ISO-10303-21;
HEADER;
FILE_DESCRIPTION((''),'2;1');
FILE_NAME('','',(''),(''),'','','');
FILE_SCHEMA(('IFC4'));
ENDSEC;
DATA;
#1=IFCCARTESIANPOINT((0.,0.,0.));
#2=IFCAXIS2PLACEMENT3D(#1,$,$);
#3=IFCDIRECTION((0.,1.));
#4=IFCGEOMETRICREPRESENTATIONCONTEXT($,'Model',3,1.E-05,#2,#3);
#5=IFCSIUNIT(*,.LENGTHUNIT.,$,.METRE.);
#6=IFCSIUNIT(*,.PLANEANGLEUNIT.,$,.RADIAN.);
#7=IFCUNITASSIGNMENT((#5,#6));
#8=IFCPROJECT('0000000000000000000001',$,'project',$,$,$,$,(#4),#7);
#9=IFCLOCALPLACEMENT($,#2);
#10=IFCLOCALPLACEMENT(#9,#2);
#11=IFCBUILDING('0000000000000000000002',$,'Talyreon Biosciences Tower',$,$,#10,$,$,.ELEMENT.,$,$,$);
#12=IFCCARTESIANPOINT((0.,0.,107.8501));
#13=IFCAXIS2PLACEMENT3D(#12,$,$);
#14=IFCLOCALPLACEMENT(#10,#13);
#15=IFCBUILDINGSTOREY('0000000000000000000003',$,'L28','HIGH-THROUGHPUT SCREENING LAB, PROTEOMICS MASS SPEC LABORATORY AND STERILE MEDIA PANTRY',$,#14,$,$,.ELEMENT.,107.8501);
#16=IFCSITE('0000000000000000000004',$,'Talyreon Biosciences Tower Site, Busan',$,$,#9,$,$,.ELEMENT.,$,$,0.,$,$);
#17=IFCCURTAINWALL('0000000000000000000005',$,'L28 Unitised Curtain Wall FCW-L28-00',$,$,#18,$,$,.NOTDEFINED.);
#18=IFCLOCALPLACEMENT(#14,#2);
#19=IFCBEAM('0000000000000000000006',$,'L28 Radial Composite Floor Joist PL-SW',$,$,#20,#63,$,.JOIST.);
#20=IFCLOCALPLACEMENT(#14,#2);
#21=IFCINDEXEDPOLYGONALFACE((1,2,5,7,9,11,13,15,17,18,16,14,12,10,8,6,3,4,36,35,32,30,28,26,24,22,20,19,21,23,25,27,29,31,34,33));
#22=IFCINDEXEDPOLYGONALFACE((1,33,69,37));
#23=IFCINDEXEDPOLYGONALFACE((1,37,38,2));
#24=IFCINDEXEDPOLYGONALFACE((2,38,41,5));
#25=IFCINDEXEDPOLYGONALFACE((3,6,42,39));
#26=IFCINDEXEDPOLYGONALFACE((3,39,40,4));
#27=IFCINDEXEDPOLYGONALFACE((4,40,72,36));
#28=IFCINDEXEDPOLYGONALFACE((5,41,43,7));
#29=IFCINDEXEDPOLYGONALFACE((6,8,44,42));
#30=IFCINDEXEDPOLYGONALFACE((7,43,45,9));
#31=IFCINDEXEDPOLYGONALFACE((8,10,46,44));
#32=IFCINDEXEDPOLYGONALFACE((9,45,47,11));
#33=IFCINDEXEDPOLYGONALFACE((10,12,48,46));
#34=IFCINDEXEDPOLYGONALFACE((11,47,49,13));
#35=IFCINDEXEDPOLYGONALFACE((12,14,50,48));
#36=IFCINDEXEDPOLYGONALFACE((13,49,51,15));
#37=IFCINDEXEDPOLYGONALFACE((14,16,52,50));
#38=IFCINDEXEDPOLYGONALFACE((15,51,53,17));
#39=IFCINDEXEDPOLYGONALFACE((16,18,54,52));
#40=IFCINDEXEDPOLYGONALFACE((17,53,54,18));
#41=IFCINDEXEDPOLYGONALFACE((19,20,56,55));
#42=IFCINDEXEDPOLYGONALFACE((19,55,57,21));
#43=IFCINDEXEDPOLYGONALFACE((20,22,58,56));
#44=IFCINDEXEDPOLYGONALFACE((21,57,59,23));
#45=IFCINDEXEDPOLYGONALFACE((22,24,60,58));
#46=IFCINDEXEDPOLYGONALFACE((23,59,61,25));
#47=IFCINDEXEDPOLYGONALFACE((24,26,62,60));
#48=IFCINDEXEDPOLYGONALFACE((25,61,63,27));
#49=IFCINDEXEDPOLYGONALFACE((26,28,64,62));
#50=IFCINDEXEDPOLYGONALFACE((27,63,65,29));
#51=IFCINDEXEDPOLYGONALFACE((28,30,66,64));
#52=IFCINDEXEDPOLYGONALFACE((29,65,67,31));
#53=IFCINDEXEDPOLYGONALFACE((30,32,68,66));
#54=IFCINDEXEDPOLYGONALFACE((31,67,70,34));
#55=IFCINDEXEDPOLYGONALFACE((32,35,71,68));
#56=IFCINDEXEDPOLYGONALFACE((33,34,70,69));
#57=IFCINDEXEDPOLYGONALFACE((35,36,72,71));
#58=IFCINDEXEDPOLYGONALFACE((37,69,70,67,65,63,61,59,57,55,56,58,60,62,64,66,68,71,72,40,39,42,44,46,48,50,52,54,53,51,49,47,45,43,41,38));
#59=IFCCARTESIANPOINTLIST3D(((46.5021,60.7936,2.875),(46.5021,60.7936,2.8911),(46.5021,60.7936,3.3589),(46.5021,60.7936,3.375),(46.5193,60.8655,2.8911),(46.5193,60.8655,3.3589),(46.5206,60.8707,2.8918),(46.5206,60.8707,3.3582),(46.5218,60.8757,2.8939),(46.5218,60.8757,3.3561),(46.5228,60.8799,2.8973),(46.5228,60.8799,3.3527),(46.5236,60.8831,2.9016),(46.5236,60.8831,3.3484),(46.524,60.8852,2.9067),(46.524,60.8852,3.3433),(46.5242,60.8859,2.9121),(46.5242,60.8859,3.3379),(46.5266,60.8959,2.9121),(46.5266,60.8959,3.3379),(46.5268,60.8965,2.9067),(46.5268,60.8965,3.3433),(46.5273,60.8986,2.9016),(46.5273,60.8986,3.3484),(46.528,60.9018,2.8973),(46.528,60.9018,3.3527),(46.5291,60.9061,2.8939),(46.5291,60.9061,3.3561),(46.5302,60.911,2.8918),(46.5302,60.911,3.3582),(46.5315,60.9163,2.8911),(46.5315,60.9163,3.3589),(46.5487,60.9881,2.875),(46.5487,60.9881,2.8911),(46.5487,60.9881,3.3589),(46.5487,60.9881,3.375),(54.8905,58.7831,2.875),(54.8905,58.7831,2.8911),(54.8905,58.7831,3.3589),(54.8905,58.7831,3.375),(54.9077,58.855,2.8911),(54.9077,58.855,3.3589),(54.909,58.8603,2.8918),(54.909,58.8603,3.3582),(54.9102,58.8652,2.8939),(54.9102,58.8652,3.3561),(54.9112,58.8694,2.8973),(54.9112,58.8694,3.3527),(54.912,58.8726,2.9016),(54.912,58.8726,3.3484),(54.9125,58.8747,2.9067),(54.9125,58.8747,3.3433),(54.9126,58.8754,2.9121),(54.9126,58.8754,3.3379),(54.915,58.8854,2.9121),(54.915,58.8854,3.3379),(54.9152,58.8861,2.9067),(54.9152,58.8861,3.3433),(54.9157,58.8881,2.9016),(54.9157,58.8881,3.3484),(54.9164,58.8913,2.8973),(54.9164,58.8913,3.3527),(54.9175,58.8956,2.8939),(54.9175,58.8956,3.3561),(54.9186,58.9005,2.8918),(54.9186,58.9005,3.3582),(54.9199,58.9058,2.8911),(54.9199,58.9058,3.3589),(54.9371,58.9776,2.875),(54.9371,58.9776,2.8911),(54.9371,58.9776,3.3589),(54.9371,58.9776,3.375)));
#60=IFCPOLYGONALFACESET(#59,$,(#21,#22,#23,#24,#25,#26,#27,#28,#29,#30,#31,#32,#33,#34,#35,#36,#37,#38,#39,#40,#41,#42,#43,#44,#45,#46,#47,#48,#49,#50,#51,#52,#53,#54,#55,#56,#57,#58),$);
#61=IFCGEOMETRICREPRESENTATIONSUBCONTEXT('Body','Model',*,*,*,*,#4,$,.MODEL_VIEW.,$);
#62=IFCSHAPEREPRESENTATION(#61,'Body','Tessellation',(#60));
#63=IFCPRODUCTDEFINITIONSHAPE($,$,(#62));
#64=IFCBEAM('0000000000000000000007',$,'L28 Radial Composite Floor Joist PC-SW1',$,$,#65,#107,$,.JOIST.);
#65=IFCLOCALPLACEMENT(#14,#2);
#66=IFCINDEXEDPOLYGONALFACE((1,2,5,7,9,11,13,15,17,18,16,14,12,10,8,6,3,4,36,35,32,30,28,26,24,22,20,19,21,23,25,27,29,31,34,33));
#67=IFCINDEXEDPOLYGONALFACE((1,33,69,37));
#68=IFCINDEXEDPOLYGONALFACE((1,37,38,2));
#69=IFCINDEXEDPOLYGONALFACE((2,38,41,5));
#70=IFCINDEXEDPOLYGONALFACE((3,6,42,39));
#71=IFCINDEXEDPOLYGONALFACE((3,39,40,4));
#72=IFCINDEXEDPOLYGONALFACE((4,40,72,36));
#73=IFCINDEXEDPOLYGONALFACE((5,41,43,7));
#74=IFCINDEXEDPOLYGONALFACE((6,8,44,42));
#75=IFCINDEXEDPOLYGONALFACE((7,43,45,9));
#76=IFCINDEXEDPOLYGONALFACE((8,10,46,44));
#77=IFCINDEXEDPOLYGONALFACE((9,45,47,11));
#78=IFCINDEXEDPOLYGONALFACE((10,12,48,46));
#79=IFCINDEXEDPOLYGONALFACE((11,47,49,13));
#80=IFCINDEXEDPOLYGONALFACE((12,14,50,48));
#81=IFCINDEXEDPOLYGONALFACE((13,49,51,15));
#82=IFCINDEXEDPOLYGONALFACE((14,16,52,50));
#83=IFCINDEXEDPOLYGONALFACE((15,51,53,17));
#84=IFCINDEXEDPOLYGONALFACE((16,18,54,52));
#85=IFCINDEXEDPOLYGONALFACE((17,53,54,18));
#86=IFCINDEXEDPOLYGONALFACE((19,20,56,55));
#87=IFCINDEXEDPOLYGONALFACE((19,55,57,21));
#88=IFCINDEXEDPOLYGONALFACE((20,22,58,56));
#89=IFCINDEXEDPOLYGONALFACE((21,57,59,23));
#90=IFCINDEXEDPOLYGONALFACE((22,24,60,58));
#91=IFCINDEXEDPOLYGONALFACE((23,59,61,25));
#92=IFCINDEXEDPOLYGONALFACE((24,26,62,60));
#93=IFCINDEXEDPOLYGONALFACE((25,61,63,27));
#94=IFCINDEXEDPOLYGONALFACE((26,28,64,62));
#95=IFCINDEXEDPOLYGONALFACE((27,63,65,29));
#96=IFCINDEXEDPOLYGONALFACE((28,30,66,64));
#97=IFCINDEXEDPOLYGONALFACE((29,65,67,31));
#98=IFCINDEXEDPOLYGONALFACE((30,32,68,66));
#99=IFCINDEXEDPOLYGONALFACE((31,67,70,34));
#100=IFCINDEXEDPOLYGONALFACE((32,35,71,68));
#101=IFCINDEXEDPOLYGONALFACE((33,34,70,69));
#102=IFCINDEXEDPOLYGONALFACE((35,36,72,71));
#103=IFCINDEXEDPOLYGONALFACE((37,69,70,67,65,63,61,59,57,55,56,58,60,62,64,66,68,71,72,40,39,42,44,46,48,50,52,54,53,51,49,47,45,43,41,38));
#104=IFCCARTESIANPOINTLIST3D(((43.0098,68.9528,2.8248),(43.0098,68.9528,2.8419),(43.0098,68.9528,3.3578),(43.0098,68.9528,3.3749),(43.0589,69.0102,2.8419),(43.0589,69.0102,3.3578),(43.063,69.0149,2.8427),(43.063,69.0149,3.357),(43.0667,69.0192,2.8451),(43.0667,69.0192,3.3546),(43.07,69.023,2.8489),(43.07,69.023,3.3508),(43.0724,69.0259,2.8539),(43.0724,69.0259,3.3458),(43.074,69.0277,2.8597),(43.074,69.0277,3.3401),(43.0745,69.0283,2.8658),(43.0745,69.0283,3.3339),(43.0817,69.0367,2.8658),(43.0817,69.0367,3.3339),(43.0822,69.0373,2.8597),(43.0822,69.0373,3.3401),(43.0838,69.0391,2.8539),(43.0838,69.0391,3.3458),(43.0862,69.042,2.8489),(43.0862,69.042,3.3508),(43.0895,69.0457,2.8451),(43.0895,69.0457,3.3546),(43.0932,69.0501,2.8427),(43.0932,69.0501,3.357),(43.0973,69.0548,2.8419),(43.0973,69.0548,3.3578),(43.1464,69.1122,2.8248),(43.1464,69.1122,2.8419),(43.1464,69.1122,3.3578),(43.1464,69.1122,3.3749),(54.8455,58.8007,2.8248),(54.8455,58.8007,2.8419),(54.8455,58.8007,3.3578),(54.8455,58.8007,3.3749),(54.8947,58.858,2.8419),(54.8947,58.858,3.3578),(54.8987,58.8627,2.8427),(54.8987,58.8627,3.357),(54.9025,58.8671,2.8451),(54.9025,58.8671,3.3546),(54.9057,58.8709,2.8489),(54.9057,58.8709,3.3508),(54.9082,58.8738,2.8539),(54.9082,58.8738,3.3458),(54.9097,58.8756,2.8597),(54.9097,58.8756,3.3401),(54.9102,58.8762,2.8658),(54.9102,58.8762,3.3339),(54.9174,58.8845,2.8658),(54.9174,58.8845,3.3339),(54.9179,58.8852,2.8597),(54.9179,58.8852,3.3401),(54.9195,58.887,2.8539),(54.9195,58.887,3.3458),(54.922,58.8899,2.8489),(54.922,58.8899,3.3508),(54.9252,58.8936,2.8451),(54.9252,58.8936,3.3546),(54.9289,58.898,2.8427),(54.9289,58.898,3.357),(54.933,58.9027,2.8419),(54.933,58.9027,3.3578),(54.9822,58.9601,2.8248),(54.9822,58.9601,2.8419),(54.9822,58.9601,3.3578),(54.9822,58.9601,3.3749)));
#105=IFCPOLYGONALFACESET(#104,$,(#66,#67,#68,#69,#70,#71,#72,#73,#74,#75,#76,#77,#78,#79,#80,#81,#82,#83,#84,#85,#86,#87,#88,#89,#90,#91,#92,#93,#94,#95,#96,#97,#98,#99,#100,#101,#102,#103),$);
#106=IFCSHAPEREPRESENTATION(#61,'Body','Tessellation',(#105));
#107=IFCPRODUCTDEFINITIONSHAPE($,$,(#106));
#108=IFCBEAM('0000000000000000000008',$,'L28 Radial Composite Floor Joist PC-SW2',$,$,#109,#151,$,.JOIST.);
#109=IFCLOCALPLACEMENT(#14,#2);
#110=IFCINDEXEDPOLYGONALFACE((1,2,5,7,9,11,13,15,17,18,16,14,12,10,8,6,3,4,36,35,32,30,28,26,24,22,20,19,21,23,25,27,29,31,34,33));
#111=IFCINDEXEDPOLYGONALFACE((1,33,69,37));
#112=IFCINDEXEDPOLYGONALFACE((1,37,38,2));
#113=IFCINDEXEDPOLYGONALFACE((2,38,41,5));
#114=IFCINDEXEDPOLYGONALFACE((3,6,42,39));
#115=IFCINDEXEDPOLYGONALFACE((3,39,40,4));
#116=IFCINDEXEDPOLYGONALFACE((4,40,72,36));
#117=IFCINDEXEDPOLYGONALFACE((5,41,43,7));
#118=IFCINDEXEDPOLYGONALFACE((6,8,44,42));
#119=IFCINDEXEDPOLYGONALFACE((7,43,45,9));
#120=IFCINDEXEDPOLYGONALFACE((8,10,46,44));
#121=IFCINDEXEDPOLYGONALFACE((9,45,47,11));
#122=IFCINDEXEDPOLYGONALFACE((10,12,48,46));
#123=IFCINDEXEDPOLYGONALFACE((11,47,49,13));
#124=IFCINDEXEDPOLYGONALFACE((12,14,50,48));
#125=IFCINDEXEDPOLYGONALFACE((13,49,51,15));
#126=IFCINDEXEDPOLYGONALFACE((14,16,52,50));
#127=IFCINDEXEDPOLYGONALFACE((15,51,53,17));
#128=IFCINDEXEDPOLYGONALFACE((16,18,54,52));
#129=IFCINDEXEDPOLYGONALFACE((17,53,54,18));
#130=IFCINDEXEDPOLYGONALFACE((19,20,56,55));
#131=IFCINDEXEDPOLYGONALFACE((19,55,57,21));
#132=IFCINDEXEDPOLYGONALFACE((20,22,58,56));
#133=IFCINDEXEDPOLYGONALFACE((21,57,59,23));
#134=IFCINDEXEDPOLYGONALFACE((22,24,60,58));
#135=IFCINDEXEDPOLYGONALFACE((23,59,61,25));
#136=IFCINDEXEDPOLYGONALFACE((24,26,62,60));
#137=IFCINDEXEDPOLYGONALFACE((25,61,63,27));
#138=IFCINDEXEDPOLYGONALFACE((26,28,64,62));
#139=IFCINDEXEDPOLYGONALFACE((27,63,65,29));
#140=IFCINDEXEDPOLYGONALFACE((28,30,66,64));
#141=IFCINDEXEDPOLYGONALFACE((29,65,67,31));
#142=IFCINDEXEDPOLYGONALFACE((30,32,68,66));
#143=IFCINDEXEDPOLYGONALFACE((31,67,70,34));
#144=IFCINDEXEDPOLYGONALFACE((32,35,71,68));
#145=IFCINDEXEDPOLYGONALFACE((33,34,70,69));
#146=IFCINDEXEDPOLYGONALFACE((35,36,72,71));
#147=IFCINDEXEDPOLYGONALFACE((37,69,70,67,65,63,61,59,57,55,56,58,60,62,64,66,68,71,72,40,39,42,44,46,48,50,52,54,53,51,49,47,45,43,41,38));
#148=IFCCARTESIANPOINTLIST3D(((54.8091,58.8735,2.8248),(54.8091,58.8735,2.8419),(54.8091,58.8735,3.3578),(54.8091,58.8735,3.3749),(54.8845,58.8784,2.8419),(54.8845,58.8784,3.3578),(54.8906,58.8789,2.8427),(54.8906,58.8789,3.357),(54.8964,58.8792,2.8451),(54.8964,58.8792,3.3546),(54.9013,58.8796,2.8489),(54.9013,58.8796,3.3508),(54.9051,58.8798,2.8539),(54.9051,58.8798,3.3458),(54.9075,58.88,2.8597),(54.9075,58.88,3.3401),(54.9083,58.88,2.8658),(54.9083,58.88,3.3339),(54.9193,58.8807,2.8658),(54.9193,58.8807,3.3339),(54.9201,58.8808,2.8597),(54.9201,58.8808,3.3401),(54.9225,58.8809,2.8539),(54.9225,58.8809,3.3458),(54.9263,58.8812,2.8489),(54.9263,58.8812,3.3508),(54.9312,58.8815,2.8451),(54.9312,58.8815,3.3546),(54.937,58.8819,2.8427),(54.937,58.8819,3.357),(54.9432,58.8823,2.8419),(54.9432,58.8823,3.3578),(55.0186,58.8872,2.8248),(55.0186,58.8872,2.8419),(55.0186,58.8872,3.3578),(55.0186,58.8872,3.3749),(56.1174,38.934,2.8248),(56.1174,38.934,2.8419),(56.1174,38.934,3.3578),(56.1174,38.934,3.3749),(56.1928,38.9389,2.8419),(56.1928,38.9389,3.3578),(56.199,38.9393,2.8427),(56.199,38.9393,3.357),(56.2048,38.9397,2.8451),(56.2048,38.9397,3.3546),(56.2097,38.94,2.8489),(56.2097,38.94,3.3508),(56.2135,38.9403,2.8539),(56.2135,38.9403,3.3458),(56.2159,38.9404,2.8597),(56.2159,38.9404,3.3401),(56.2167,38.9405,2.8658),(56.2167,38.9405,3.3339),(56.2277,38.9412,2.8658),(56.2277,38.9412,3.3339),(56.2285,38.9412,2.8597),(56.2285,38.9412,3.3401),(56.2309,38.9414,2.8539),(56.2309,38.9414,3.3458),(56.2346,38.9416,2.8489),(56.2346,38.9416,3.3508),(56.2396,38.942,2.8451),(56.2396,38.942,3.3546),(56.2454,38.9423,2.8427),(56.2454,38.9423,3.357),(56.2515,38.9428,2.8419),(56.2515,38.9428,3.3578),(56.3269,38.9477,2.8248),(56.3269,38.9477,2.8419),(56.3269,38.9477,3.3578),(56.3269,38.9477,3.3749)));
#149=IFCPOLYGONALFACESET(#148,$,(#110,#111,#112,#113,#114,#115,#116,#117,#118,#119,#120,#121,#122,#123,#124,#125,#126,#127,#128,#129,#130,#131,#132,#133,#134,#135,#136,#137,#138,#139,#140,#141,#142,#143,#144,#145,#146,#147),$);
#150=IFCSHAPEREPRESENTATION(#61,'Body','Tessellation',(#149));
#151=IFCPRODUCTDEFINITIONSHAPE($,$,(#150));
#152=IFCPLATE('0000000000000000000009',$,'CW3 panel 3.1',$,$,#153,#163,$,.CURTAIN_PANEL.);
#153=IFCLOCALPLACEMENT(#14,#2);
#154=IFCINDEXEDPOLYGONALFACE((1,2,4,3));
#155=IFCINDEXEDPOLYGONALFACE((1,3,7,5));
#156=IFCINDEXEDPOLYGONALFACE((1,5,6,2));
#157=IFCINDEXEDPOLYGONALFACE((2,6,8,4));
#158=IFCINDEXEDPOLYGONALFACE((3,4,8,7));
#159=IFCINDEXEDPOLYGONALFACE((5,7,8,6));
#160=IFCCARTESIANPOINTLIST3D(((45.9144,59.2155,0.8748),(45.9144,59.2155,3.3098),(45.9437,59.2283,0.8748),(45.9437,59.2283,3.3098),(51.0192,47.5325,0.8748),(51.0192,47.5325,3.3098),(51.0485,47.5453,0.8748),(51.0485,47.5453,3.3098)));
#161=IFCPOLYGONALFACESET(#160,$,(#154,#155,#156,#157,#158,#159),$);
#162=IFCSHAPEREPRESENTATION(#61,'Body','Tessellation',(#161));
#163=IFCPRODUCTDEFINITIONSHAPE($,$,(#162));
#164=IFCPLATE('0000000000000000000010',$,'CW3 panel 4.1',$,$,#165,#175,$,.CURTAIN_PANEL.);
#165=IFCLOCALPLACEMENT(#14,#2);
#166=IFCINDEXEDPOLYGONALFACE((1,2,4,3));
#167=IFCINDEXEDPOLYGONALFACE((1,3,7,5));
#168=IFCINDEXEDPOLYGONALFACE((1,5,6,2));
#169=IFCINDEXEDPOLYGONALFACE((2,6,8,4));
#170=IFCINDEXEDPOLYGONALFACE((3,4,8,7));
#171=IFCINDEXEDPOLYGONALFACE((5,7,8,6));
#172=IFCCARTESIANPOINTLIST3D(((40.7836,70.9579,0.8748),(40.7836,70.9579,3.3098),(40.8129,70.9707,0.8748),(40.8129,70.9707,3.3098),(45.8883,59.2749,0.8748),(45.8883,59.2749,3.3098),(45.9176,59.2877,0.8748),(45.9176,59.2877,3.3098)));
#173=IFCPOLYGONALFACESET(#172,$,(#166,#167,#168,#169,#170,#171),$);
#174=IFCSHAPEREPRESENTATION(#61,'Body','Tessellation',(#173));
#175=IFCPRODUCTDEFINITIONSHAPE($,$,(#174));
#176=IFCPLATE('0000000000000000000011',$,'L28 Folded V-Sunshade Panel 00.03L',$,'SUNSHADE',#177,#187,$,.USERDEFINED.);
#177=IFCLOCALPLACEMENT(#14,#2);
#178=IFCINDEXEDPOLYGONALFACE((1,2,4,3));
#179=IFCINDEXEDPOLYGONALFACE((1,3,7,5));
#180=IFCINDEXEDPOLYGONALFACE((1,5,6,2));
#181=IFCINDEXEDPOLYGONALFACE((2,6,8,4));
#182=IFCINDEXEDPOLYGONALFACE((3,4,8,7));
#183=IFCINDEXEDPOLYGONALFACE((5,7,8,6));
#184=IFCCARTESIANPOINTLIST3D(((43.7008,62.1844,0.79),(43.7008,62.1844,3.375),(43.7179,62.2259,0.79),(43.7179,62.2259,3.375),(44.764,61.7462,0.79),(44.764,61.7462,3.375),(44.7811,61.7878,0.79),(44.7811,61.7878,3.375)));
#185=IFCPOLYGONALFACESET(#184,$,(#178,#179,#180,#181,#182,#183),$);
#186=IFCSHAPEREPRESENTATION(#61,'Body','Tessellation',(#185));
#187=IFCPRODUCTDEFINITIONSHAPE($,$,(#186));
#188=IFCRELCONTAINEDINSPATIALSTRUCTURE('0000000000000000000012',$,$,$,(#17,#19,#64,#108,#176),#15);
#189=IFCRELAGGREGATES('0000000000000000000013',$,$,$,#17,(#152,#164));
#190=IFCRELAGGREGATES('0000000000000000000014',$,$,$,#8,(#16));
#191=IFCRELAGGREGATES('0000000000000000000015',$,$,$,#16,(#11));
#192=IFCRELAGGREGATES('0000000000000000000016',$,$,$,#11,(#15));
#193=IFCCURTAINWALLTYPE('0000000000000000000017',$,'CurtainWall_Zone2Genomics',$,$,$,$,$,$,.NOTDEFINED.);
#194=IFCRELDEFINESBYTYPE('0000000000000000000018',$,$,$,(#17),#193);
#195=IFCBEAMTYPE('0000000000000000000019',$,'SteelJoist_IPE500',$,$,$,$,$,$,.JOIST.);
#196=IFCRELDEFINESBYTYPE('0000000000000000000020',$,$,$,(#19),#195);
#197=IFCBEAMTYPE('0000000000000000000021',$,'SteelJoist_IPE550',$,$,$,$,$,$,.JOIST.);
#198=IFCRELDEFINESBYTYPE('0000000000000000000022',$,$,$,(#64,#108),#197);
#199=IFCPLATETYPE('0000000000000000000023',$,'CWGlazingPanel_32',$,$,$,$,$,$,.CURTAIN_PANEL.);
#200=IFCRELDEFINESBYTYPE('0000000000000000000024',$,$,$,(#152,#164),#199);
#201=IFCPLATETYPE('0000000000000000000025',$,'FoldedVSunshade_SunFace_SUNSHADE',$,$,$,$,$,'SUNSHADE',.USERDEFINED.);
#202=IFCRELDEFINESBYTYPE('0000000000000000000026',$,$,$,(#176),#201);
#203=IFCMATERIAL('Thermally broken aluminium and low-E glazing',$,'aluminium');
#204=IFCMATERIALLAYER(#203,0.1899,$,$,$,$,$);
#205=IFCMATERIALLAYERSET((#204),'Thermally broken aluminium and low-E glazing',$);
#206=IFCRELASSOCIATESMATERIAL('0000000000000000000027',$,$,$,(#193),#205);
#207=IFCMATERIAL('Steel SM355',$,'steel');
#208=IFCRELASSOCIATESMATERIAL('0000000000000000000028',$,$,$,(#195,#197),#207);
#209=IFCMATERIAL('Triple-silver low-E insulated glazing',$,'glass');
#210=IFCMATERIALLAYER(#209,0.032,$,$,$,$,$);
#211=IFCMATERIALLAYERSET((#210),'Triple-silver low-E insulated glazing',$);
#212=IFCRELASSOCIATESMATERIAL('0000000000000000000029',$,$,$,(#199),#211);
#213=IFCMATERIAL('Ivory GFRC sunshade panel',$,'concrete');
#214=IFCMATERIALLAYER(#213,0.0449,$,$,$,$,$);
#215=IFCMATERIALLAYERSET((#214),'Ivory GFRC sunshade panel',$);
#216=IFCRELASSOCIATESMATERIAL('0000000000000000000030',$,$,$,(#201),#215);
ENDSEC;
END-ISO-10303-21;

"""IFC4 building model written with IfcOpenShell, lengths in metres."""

from ifc_helpers import new_model, si_unit, direction, frame, origin, origin_2d, place, context, subcontext, project, spatial, rectangle, i_section, extrude, material, layer, layer_set, material_profile, profile_set, type_object, element, aggregate, save


model = new_model("IFC4")

# Units and contexts
model_context = context("Model", 3, precision=1e-05, world=origin(), true_north=direction((0.0, 1.0)))
body_context = subcontext(model_context, "Body", "Model", "MODEL_VIEW")
ifc_project = project(units=[si_unit("LENGTHUNIT", "METRE"), si_unit("PLANEANGLEUNIT", "RADIAN")], contexts=[model_context])

# Site, building, storey
site_placement = place(None, origin())
site = spatial("IfcSite", under=ifc_project, at=site_placement, Name="Talyreon Biosciences Tower Site, Busan", CompositionType="ELEMENT", RefElevation=0.0)
building_placement = place(site_placement, origin())
building = spatial("IfcBuilding", under=site, at=building_placement, Name="Talyreon Biosciences Tower", CompositionType="ELEMENT")
storey_placement = place(building_placement, frame((0.0, 0.0, 107.8501)))
storey = spatial("IfcBuildingStorey", under=building, at=storey_placement, Name="L28", Description="HIGH-THROUGHPUT SCREENING LAB, PROTEOMICS MASS SPEC LABORATORY AND STERILE MEDIA PANTRY", CompositionType="ELEMENT", Elevation=107.8501)

# Curtain wall
ifc_material_1 = material(Name="Thermally broken aluminium and low-E glazing", Category="aluminium")
ifc_layer_1 = layer(ifc_material_1, 0.1899)
ifc_layer_set_1 = layer_set([ifc_layer_1], Name="Thermally broken aluminium and low-E glazing")
curtain_wall_type = type_object("IfcCurtainWallType", Name="CurtainWall_Zone2Genomics", PredefinedType="NOTDEFINED", material=ifc_layer_set_1)
curtain_wall_placement = place(storey_placement, origin())
curtain_wall = element("IfcCurtainWall", 1, at=curtain_wall_placement, inside=storey, type_object=curtain_wall_type, Name="L28 Unitised Curtain Wall FCW-L28-00", PredefinedType="NOTDEFINED")

# Beams
ifc_material_2 = material(Name="Steel SM355", Category="steel")
ifc_material_profile_1 = material_profile(ifc_material_2, i_section(OverallWidth=0.2, OverallDepth=0.5, WebThickness=0.0103, FlangeThickness=0.0161, FilletRadius=0.021, at=origin_2d()), Name="IPE500")
ifc_profile_set_1 = profile_set([ifc_material_profile_1], Name="Steel SM355")
beam_type_1 = type_object("IfcBeamType", Name="SteelJoist_IPE500", PredefinedType="JOIST", material=ifc_profile_set_1)
beam_1_placement = place(storey_placement, frame((54.9138, 58.8804, 3.125), z_axis=(-0.972459, 0.233074, 0.0), x_axis=(-0.233074, -0.972459, 0.0)))
element("IfcBeam", 2, at=beam_1_placement, inside=storey, type_object=beam_type_1, Name="L28 Radial Composite Floor Joist PL-SW", PredefinedType="JOIST", context=body_context, shape_type="SweptSolid", body=[
    extrude(i_section(OverallWidth=0.2, OverallDepth=0.5, WebThickness=0.0103, FlangeThickness=0.0161, FilletRadius=0.021, at=origin_2d()), origin(), (0.0, 0.0, 1.0), 8.626),
])
ifc_material_profile_2 = material_profile(ifc_material_2, i_section(OverallWidth=0.21, OverallDepth=0.55, WebThickness=0.011, FlangeThickness=0.0171, FilletRadius=0.0239, at=origin_2d()), Name="IPE550")
ifc_profile_set_2 = profile_set([ifc_material_profile_2], Name="Steel SM355")
beam_type_2 = type_object("IfcBeamType", Name="SteelJoist_IPE550", PredefinedType="JOIST", material=ifc_profile_set_2)
beam_2_placement = place(storey_placement, frame((54.9138, 58.8804, 3.0999), z_axis=(-0.759028, 0.651058, 0.0), x_axis=(-0.651058, -0.759028, 0.0)))
element("IfcBeam", 3, at=beam_2_placement, inside=storey, type_object=beam_type_2, Name="L28 Radial Composite Floor Joist PC-SW1", PredefinedType="JOIST", context=body_context, shape_type="SweptSolid", body=[
    extrude(i_section(OverallWidth=0.21, OverallDepth=0.55, WebThickness=0.011, FlangeThickness=0.0171, FilletRadius=0.0239, at=origin_2d()), origin(), (0.0, 0.0, 1.0), 15.5933),
])
beam_3_placement = place(storey_placement, frame((54.9138, 58.8804, 3.0999), z_axis=(0.065475, -0.997854, 0.0), x_axis=(0.997854, 0.065475, 0.0)))
element("IfcBeam", 4, at=beam_3_placement, inside=storey, type_object=beam_type_2, Name="L28 Radial Composite Floor Joist PC-SW2", PredefinedType="JOIST", context=body_context, shape_type="SweptSolid", body=[
    extrude(i_section(OverallWidth=0.21, OverallDepth=0.55, WebThickness=0.011, FlangeThickness=0.0171, FilletRadius=0.0239, at=origin_2d()), origin(), (0.0, 0.0, 1.0), 19.9824),
])

# Plates
ifc_material_3 = material(Name="Triple-silver low-E insulated glazing", Category="glass")
ifc_layer_2 = layer(ifc_material_3, 0.032)
ifc_layer_set_2 = layer_set([ifc_layer_2], Name="Triple-silver low-E insulated glazing")
plate_type_1 = type_object("IfcPlateType", Name="CWGlazingPanel_32", PredefinedType="CURTAIN_PANEL", material=ifc_layer_set_2)
plate_1_placement = place(storey_placement, frame((48.4814, 53.3804, 0.8748), z_axis=(0.0, 0.0, 1.0), x_axis=(-0.400387, 0.916346, 0.0)))
plate_1 = element("IfcPlate", 5, at=plate_1_placement, type_object=plate_type_1, Name="CW3 panel 3.1", PredefinedType="CURTAIN_PANEL", context=body_context, shape_type="SweptSolid", body=[
    extrude(rectangle(XDim=12.7495, YDim=0.032, at=origin_2d()), origin(), (0.0, 0.0, 1.0), 2.4351),
])
plate_2_placement = place(storey_placement, frame((43.3506, 65.1228, 0.8748), z_axis=(0.0, 0.0, 1.0), x_axis=(-0.400387, 0.916346, 0.0)))
plate_2 = element("IfcPlate", 6, at=plate_2_placement, type_object=plate_type_1, Name="CW3 panel 4.1", PredefinedType="CURTAIN_PANEL", context=body_context, shape_type="SweptSolid", body=[
    extrude(rectangle(XDim=12.7495, YDim=0.032, at=origin_2d()), origin(), (0.0, 0.0, 1.0), 2.4351),
])
aggregate(curtain_wall, [plate_1, plate_2])

# Plate
ifc_material_4 = material(Name="Ivory GFRC sunshade panel", Category="concrete")
ifc_layer_3 = layer(ifc_material_4, 0.0449)
ifc_layer_set_3 = layer_set([ifc_layer_3], Name="Ivory GFRC sunshade panel")
plate_type_2 = type_object("IfcPlateType", Name="FoldedVSunshade_SunFace_SUNSHADE", ElementType="SUNSHADE", PredefinedType="USERDEFINED", material=ifc_layer_set_3)
for number, where, z_axis, x_axis, name in (
    (7, (44.241, 61.9861, 0.79), (0.0, 0.0, 1.0), (-0.924559, 0.381038, 0.0), "L28 Folded V-Sunshade Panel 00.03L"),
):
    element("IfcPlate", number, at=place(storey_placement, frame(where, z_axis=z_axis, x_axis=x_axis)), inside=storey, type_object=plate_type_2, Name=name, ObjectType="SUNSHADE", PredefinedType="USERDEFINED", context=body_context, shape_type="SweptSolid", body=[
        extrude(rectangle(XDim=1.1499, YDim=0.0449, at=origin_2d()), origin(), (0.0, 0.0, 1.0), 2.585),
    ])

save(model, "model.ifc")
